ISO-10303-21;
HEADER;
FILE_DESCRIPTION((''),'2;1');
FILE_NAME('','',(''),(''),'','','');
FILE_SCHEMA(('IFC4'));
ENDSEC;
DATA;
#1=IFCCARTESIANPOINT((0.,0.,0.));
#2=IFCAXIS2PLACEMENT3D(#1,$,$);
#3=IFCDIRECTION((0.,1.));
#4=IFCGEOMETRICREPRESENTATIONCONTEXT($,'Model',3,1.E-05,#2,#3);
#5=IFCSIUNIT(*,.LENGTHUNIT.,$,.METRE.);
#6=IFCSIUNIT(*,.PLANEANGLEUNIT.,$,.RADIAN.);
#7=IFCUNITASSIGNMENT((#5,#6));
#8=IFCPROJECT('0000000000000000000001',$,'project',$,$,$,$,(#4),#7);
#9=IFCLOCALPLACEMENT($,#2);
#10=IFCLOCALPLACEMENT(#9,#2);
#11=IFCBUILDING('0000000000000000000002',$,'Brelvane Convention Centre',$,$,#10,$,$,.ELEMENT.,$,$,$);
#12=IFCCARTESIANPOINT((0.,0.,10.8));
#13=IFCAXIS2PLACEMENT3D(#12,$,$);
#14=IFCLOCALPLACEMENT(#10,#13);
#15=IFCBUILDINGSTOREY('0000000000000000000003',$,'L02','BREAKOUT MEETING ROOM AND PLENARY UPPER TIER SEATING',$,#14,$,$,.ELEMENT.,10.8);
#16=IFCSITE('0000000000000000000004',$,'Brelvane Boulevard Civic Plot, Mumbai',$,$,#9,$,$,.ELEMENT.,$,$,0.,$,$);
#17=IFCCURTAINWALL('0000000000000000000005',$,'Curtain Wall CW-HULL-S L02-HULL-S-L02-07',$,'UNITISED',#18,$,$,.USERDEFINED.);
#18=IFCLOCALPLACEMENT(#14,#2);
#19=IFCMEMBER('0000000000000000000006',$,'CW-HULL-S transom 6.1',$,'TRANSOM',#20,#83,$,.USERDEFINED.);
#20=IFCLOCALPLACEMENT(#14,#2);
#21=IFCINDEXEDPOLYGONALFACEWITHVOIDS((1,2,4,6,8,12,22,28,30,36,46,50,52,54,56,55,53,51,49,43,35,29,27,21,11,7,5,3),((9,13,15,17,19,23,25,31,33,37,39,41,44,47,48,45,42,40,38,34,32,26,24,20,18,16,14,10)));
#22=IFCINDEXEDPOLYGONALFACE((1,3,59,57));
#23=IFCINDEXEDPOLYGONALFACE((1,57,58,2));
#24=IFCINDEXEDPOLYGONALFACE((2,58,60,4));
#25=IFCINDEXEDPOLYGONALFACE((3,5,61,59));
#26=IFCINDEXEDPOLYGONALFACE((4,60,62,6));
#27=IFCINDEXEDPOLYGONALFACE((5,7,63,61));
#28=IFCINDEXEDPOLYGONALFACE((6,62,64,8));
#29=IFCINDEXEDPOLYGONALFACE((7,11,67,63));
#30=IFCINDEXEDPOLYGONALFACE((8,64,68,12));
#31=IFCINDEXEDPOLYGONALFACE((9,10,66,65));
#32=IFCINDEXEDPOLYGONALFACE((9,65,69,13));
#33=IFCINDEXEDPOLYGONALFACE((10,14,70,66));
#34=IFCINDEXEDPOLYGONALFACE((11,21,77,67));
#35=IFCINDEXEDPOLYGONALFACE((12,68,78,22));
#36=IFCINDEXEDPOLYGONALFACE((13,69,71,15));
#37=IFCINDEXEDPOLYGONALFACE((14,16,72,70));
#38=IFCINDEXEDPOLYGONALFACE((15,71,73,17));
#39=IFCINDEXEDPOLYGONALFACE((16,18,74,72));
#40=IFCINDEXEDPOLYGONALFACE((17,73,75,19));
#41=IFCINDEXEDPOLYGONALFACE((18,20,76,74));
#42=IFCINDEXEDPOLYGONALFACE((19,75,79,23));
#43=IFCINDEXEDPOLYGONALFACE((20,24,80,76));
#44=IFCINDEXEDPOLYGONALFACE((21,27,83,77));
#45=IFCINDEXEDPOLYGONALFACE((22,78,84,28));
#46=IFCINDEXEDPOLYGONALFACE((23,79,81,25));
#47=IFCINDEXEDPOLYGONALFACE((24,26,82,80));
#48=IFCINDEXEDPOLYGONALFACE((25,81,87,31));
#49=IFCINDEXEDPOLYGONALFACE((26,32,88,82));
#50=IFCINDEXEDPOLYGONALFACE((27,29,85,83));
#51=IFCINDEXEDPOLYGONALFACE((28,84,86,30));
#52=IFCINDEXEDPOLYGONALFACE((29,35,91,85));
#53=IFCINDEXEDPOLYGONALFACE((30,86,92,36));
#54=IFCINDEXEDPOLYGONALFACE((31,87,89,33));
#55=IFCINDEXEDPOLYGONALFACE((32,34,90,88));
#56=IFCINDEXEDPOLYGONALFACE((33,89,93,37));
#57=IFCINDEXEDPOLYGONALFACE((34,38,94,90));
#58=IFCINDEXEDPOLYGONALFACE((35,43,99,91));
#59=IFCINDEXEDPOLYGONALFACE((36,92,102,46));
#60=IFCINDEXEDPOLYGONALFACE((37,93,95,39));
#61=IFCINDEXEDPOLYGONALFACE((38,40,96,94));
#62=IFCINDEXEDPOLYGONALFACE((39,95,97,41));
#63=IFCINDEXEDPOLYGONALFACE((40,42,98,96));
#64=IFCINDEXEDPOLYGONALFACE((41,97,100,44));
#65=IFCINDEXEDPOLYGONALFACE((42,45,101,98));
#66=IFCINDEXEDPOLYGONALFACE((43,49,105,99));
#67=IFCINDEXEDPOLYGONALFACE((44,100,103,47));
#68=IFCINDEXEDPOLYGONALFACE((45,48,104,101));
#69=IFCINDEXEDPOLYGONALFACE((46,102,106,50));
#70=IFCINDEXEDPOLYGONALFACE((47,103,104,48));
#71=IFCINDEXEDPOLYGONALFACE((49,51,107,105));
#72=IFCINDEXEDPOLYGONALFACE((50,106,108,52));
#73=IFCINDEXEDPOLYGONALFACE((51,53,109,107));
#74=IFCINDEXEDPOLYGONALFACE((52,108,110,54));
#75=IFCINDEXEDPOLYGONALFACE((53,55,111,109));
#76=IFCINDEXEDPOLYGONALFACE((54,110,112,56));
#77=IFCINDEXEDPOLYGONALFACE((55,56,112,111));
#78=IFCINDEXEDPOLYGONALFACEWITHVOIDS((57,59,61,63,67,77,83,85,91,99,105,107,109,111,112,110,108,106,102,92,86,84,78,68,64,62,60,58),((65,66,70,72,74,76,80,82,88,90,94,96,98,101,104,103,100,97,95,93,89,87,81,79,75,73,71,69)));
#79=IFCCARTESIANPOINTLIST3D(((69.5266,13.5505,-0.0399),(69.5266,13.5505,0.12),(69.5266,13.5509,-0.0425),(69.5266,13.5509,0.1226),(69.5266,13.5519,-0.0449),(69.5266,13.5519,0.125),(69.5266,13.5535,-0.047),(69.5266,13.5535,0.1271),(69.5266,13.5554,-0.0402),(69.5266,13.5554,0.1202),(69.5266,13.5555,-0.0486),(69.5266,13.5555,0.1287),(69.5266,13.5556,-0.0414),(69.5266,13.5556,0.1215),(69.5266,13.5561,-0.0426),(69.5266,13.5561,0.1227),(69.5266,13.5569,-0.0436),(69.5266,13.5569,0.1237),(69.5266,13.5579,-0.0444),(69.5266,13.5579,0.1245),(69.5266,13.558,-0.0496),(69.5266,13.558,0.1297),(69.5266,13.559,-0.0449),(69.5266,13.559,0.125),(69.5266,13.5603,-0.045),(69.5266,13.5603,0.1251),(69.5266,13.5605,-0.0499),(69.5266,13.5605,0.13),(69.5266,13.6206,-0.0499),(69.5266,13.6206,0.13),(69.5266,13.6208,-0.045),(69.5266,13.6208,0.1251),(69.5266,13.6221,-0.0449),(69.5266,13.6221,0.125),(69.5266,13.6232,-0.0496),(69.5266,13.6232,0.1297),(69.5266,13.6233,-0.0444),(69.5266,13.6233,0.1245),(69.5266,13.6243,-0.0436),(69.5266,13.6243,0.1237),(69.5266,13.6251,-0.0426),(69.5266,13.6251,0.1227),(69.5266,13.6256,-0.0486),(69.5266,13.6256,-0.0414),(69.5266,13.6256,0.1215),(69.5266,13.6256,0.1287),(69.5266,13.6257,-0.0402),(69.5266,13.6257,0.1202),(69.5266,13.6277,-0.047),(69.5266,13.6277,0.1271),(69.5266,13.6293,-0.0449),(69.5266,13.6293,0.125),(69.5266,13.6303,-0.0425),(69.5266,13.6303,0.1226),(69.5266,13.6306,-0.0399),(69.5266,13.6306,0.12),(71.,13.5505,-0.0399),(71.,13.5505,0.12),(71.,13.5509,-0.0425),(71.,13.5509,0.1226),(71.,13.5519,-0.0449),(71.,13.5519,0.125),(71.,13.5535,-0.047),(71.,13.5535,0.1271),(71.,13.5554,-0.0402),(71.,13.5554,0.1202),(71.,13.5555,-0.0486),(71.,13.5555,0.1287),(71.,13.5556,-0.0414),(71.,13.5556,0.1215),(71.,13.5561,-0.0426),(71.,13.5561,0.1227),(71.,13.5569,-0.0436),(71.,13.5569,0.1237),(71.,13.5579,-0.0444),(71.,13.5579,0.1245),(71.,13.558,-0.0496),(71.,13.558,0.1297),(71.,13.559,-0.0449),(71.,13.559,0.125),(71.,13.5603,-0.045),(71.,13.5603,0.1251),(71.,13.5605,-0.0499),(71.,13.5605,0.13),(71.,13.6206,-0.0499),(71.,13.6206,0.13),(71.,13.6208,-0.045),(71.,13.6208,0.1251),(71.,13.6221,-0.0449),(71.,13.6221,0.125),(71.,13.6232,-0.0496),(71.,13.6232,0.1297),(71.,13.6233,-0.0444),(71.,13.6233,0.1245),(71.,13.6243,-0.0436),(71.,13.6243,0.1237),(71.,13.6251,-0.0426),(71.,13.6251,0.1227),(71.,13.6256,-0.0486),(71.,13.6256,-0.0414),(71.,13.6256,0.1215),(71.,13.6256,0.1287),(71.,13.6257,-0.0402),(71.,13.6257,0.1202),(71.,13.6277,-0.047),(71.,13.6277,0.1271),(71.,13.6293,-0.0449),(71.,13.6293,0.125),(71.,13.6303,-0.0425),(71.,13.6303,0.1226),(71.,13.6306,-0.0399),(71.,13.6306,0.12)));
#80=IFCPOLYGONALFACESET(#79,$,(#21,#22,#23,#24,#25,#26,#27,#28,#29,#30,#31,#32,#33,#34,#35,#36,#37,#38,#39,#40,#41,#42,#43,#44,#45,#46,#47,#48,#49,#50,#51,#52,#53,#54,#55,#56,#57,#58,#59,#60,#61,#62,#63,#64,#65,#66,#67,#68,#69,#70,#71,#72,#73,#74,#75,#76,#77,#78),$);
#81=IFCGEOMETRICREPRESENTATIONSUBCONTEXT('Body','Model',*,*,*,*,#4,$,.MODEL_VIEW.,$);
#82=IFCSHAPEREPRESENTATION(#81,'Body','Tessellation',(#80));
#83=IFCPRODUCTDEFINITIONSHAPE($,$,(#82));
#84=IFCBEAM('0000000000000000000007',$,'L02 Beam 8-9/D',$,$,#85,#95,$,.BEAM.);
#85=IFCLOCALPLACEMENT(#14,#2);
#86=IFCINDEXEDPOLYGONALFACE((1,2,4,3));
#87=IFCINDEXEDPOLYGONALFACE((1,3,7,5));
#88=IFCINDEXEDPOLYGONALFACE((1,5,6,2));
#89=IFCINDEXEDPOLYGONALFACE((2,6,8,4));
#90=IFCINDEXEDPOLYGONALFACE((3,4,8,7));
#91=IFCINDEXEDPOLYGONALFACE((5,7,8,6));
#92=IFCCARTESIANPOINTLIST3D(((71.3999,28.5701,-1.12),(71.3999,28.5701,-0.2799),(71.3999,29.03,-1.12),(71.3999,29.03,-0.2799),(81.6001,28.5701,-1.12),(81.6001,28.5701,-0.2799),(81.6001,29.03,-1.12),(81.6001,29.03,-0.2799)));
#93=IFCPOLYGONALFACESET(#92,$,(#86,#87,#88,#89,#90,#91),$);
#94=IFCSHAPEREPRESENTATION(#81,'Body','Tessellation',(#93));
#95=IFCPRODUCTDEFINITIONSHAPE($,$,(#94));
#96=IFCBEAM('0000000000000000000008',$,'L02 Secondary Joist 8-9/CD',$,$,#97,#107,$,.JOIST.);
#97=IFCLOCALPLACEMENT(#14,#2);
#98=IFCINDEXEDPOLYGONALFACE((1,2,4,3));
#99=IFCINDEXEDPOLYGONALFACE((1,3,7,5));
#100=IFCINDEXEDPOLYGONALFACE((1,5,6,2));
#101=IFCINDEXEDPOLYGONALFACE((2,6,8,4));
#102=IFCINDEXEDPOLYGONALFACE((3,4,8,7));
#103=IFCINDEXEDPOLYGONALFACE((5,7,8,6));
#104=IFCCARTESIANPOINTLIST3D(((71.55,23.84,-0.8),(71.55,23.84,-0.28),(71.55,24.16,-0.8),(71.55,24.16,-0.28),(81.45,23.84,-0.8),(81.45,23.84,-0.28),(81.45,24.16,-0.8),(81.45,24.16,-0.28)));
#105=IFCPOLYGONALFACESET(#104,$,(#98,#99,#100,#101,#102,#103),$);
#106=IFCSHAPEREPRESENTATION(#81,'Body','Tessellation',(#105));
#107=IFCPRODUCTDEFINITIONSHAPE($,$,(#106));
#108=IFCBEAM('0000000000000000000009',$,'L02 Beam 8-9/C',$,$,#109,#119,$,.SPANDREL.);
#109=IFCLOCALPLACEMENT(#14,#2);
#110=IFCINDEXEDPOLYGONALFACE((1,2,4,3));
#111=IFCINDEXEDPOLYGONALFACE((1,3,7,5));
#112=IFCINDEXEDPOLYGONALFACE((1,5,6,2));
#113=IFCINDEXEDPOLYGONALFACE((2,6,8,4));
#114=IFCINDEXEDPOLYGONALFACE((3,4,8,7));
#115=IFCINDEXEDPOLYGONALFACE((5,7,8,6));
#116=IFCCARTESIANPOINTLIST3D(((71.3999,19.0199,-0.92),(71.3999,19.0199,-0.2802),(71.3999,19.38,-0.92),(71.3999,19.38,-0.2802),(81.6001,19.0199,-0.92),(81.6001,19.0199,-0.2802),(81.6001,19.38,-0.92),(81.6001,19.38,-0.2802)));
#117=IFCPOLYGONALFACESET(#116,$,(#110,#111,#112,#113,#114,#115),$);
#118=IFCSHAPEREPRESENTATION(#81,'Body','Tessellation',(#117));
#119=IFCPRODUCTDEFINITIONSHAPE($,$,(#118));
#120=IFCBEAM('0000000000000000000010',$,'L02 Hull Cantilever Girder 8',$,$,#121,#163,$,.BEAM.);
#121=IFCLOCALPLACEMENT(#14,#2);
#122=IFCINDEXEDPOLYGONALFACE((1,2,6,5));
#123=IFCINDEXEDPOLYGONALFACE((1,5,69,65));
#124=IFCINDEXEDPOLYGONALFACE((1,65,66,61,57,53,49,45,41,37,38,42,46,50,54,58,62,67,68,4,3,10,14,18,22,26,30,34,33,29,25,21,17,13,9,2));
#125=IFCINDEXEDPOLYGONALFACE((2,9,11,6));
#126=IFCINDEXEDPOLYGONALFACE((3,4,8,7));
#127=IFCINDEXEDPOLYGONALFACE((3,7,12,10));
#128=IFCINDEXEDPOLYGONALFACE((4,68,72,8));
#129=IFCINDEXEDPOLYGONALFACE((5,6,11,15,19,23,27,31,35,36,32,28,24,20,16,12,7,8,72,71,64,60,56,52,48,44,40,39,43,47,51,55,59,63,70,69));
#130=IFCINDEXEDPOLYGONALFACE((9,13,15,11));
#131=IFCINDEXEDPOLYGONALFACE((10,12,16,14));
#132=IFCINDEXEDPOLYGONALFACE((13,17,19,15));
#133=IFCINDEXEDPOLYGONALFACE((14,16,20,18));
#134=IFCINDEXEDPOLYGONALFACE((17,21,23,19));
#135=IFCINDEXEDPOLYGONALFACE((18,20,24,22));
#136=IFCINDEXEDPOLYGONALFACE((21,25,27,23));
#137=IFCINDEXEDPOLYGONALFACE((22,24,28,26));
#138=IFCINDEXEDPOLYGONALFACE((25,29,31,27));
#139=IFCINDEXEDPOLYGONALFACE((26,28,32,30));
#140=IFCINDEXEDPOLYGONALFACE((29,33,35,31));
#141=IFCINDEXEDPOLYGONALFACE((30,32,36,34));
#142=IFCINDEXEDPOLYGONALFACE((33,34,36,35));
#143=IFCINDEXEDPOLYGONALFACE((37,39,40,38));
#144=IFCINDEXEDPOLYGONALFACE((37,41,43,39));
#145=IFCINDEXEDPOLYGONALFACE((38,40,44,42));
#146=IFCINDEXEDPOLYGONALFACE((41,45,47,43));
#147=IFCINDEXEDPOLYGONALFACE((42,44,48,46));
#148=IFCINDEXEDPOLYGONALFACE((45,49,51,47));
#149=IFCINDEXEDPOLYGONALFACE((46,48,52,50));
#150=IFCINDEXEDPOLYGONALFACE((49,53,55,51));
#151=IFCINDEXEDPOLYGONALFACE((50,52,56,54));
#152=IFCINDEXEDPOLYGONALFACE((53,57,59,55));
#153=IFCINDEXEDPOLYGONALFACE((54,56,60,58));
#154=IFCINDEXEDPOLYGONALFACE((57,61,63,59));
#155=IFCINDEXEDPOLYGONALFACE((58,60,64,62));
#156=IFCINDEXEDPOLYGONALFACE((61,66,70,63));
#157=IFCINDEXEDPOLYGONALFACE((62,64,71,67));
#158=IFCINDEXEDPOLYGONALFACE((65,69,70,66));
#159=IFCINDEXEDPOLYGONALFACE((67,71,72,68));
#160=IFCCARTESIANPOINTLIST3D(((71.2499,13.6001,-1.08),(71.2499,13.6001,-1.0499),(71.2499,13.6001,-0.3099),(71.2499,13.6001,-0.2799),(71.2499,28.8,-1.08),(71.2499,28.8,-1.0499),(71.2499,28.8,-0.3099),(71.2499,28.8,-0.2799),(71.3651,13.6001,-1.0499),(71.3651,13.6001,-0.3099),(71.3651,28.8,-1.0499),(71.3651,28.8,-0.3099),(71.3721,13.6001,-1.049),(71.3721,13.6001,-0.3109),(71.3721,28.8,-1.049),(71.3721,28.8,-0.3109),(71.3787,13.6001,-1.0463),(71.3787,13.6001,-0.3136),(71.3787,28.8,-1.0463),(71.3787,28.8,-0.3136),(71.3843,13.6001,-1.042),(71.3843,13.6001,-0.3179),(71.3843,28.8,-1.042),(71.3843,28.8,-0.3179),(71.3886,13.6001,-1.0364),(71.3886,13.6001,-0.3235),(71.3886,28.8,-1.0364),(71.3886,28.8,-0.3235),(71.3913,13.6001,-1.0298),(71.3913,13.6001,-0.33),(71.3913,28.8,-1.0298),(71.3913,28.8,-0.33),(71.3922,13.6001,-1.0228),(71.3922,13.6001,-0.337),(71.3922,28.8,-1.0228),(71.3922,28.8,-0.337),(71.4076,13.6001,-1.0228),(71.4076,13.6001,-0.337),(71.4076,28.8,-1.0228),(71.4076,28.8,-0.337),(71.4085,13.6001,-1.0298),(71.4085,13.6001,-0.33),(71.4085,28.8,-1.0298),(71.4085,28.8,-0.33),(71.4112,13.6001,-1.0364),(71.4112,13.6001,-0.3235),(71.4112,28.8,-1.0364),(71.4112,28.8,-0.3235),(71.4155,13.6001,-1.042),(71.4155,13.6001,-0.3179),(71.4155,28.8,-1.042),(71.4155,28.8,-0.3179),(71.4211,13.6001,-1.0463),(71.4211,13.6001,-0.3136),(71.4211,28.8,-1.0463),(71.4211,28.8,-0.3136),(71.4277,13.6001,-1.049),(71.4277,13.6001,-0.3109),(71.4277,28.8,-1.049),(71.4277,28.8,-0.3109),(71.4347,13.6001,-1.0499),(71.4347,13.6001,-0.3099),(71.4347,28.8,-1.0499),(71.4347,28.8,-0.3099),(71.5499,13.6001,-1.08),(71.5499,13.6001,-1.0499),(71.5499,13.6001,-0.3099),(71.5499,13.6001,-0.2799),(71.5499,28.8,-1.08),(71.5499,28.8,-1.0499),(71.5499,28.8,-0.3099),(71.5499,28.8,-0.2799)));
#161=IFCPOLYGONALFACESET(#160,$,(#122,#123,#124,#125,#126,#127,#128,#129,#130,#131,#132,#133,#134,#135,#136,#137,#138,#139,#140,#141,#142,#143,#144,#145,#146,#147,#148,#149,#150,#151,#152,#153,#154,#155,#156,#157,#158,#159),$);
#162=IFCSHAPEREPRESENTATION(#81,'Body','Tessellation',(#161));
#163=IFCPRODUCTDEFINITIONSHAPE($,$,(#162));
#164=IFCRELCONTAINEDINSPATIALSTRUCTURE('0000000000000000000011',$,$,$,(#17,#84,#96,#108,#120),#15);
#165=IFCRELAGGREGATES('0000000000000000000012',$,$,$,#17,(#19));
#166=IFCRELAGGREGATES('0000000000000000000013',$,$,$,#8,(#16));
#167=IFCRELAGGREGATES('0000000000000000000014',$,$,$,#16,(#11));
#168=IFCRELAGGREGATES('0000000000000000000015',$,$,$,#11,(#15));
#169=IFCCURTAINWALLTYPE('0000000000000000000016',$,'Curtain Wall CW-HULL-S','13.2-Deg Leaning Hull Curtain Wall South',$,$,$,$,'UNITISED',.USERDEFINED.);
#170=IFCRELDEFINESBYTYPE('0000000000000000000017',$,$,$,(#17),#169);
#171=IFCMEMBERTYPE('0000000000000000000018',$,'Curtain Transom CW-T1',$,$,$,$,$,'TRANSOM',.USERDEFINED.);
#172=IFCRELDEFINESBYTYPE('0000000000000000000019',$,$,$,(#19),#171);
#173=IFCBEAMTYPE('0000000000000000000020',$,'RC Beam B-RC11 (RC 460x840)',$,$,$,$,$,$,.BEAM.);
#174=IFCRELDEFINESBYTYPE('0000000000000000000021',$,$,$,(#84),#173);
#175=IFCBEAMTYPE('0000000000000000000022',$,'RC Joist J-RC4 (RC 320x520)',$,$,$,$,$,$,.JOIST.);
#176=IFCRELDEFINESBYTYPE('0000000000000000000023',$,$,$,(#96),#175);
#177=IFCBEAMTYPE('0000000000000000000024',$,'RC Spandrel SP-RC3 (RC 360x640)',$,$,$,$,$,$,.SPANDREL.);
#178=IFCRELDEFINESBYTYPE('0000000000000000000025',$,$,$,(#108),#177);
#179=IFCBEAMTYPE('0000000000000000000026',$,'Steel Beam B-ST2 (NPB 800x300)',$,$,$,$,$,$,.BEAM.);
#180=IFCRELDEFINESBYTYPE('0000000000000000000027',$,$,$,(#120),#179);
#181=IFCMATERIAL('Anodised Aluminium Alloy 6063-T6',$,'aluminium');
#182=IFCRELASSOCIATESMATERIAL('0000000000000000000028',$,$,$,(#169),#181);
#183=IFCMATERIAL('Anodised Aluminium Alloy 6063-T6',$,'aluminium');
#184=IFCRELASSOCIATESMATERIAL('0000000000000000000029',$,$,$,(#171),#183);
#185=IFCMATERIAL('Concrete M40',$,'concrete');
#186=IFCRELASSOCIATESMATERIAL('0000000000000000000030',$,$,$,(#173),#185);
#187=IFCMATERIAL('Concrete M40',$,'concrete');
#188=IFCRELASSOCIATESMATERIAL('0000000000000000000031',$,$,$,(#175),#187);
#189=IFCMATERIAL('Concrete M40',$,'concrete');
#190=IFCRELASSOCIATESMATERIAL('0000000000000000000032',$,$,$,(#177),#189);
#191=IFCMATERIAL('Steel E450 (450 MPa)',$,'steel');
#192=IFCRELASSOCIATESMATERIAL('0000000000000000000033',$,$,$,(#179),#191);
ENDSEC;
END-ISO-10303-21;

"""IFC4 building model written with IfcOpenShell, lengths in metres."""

from ifc_helpers import new_model, si_unit, direction, frame, origin, origin_2d, place, context, subcontext, project, spatial, rectangle, hollow_rectangle, i_section, extrude, material, material_profile, profile_set, type_object, element, aggregate, save


model = new_model("IFC4")

# Units and contexts
model_context = context("Model", 3, precision=1e-05, world=origin(), true_north=direction((0.0, 1.0)))
body_context = subcontext(model_context, "Body", "Model", "MODEL_VIEW")
ifc_project = project(units=[si_unit("LENGTHUNIT", "METRE"), si_unit("PLANEANGLEUNIT", "RADIAN")], contexts=[model_context])

# Site, building, storey
site_placement = place(None, origin())
site = spatial("IfcSite", under=ifc_project, at=site_placement, Name="Brelvane Boulevard Civic Plot, Mumbai", CompositionType="ELEMENT", RefElevation=0.0)
building_placement = place(site_placement, origin())
building = spatial("IfcBuilding", under=site, at=building_placement, Name="Brelvane Convention Centre", CompositionType="ELEMENT")
storey_placement = place(building_placement, frame((0.0, 0.0, 10.8)))
storey = spatial("IfcBuildingStorey", under=building, at=storey_placement, Name="L02", Description="BREAKOUT MEETING ROOM AND PLENARY UPPER TIER SEATING", CompositionType="ELEMENT", Elevation=10.8)

# Curtain wall
ifc_material_1 = material(Name="Anodised Aluminium Alloy 6063-T6", Category="aluminium")
curtain_wall_type = type_object("IfcCurtainWallType", Name="Curtain Wall CW-HULL-S", Description="13.2-Deg Leaning Hull Curtain Wall South", ElementType="UNITISED", PredefinedType="USERDEFINED", material=ifc_material_1)
curtain_wall_1_placement = place(storey_placement, origin())
curtain_wall_1 = element("IfcCurtainWall", 1, at=curtain_wall_1_placement, inside=storey, type_object=curtain_wall_type, Name="Curtain Wall CW-HULL-S L02-HULL-S-L02-07", ObjectType="UNITISED", PredefinedType="USERDEFINED")

# Member
ifc_material_2 = material(Name="Anodised Aluminium Alloy 6063-T6", Category="aluminium")
ifc_material_profile_1 = material_profile(ifc_material_2, hollow_rectangle(XDim=0.0801, YDim=0.1799, WallThickness=0.0049, InnerFilletRadius=0.0049, OuterFilletRadius=0.01, at=origin_2d()), Name="ALU-T 180x80x5.0")
ifc_profile_set_1 = profile_set([ifc_material_profile_1], Name="Anodised Aluminium Alloy 6063-T6")
member_type_1 = type_object("IfcMemberType", Name="Curtain Transom CW-T1", ElementType="TRANSOM", PredefinedType="USERDEFINED", material=ifc_profile_set_1)
member_1_placement = place(storey_placement, frame((69.5266, 13.5906, 0.04), z_axis=(1.0, 0.0, 0.0), x_axis=(0.0, 1.0, 0.0)))
member_1 = element("IfcMember", 2, at=member_1_placement, type_object=member_type_1, Name="CW-HULL-S transom 6.1", ObjectType="TRANSOM", PredefinedType="USERDEFINED", context=body_context, shape_type="SweptSolid", body=[
    extrude(hollow_rectangle(XDim=0.0801, YDim=0.1799, WallThickness=0.0049, InnerFilletRadius=0.0049, OuterFilletRadius=0.01, at=origin_2d()), origin(), (0.0, 0.0, 1.0), 1.4734),
])

# Beams
ifc_material_3 = material(Name="Concrete M40", Category="concrete")
ifc_material_profile_2 = material_profile(ifc_material_3, rectangle(XDim=0.46, YDim=0.8401, at=origin_2d()), Name="RC 460x840")
ifc_profile_set_2 = profile_set([ifc_material_profile_2], Name="Concrete M40")
beam_type_1 = type_object("IfcBeamType", Name="RC Beam B-RC11 (RC 460x840)", PredefinedType="BEAM", material=ifc_profile_set_2)
beam_1_placement = place(storey_placement, frame((71.3999, 28.8, -0.7), z_axis=(1.0, 0.0, 0.0), x_axis=(0.0, 1.0, 0.0)))
element("IfcBeam", 3, at=beam_1_placement, inside=storey, type_object=beam_type_1, Name="L02 Beam 8-9/D", PredefinedType="BEAM", context=body_context, shape_type="SweptSolid", body=[
    extrude(rectangle(XDim=0.46, YDim=0.8401, at=origin_2d()), origin(), (0.0, 0.0, 1.0), 10.2002),
])
ifc_material_4 = material(Name="Concrete M40", Category="concrete")
ifc_material_profile_3 = material_profile(ifc_material_4, rectangle(XDim=0.3201, YDim=0.52, at=origin_2d()), Name="RC 320x520")
ifc_profile_set_3 = profile_set([ifc_material_profile_3], Name="Concrete M40")
beam_type_2 = type_object("IfcBeamType", Name="RC Joist J-RC4 (RC 320x520)", PredefinedType="JOIST", material=ifc_profile_set_3)
beam_2_placement = place(storey_placement, frame((71.55, 24.0, -0.54), z_axis=(1.0, 0.0, 0.0), x_axis=(0.0, 1.0, 0.0)))
element("IfcBeam", 4, at=beam_2_placement, inside=storey, type_object=beam_type_2, Name="L02 Secondary Joist 8-9/CD", PredefinedType="JOIST", context=body_context, shape_type="SweptSolid", body=[
    extrude(rectangle(XDim=0.3201, YDim=0.52, at=origin_2d()), origin(), (0.0, 0.0, 1.0), 9.8999),
])
ifc_material_5 = material(Name="Concrete M40", Category="concrete")
ifc_material_profile_4 = material_profile(ifc_material_5, rectangle(XDim=0.3601, YDim=0.6399, at=origin_2d()), Name="RC 360x640")
ifc_profile_set_4 = profile_set([ifc_material_profile_4], Name="Concrete M40")
beam_type_3 = type_object("IfcBeamType", Name="RC Spandrel SP-RC3 (RC 360x640)", PredefinedType="SPANDREL", material=ifc_profile_set_4)
beam_3_placement = place(storey_placement, frame((71.3999, 19.2, -0.6001), z_axis=(1.0, 0.0, 0.0), x_axis=(0.0, 1.0, 0.0)))
element("IfcBeam", 5, at=beam_3_placement, inside=storey, type_object=beam_type_3, Name="L02 Beam 8-9/C", PredefinedType="SPANDREL", context=body_context, shape_type="SweptSolid", body=[
    extrude(rectangle(XDim=0.3601, YDim=0.6399, at=origin_2d()), origin(), (0.0, 0.0, 1.0), 10.2002),
])
ifc_material_6 = material(Name="Steel E450 (450 MPa)", Category="steel")
ifc_material_profile_5 = material_profile(ifc_material_6, i_section(OverallWidth=0.3, OverallDepth=0.8, WebThickness=0.0154, FlangeThickness=0.03, FilletRadius=0.0271, at=origin_2d()), Name="NPB 800x300")
ifc_profile_set_5 = profile_set([ifc_material_profile_5], Name="Steel E450 (450 MPa)")
beam_type_4 = type_object("IfcBeamType", Name="Steel Beam B-ST2 (NPB 800x300)", PredefinedType="BEAM", material=ifc_profile_set_5)
beam_4_placement = place(storey_placement, frame((71.3999, 13.6001, -0.6799), z_axis=(0.0, 1.0, 0.0), x_axis=(-1.0, 0.0, 0.0)))
element("IfcBeam", 6, at=beam_4_placement, inside=storey, type_object=beam_type_4, Name="L02 Hull Cantilever Girder 8", PredefinedType="BEAM", context=body_context, shape_type="SweptSolid", body=[
    extrude(i_section(OverallWidth=0.3, OverallDepth=0.8, WebThickness=0.0154, FlangeThickness=0.03, FilletRadius=0.0271, at=origin_2d()), origin(), (0.0, 0.0, 1.0), 15.2),
])

aggregate(curtain_wall_1, [member_1])

save(model, "model.ifc")
